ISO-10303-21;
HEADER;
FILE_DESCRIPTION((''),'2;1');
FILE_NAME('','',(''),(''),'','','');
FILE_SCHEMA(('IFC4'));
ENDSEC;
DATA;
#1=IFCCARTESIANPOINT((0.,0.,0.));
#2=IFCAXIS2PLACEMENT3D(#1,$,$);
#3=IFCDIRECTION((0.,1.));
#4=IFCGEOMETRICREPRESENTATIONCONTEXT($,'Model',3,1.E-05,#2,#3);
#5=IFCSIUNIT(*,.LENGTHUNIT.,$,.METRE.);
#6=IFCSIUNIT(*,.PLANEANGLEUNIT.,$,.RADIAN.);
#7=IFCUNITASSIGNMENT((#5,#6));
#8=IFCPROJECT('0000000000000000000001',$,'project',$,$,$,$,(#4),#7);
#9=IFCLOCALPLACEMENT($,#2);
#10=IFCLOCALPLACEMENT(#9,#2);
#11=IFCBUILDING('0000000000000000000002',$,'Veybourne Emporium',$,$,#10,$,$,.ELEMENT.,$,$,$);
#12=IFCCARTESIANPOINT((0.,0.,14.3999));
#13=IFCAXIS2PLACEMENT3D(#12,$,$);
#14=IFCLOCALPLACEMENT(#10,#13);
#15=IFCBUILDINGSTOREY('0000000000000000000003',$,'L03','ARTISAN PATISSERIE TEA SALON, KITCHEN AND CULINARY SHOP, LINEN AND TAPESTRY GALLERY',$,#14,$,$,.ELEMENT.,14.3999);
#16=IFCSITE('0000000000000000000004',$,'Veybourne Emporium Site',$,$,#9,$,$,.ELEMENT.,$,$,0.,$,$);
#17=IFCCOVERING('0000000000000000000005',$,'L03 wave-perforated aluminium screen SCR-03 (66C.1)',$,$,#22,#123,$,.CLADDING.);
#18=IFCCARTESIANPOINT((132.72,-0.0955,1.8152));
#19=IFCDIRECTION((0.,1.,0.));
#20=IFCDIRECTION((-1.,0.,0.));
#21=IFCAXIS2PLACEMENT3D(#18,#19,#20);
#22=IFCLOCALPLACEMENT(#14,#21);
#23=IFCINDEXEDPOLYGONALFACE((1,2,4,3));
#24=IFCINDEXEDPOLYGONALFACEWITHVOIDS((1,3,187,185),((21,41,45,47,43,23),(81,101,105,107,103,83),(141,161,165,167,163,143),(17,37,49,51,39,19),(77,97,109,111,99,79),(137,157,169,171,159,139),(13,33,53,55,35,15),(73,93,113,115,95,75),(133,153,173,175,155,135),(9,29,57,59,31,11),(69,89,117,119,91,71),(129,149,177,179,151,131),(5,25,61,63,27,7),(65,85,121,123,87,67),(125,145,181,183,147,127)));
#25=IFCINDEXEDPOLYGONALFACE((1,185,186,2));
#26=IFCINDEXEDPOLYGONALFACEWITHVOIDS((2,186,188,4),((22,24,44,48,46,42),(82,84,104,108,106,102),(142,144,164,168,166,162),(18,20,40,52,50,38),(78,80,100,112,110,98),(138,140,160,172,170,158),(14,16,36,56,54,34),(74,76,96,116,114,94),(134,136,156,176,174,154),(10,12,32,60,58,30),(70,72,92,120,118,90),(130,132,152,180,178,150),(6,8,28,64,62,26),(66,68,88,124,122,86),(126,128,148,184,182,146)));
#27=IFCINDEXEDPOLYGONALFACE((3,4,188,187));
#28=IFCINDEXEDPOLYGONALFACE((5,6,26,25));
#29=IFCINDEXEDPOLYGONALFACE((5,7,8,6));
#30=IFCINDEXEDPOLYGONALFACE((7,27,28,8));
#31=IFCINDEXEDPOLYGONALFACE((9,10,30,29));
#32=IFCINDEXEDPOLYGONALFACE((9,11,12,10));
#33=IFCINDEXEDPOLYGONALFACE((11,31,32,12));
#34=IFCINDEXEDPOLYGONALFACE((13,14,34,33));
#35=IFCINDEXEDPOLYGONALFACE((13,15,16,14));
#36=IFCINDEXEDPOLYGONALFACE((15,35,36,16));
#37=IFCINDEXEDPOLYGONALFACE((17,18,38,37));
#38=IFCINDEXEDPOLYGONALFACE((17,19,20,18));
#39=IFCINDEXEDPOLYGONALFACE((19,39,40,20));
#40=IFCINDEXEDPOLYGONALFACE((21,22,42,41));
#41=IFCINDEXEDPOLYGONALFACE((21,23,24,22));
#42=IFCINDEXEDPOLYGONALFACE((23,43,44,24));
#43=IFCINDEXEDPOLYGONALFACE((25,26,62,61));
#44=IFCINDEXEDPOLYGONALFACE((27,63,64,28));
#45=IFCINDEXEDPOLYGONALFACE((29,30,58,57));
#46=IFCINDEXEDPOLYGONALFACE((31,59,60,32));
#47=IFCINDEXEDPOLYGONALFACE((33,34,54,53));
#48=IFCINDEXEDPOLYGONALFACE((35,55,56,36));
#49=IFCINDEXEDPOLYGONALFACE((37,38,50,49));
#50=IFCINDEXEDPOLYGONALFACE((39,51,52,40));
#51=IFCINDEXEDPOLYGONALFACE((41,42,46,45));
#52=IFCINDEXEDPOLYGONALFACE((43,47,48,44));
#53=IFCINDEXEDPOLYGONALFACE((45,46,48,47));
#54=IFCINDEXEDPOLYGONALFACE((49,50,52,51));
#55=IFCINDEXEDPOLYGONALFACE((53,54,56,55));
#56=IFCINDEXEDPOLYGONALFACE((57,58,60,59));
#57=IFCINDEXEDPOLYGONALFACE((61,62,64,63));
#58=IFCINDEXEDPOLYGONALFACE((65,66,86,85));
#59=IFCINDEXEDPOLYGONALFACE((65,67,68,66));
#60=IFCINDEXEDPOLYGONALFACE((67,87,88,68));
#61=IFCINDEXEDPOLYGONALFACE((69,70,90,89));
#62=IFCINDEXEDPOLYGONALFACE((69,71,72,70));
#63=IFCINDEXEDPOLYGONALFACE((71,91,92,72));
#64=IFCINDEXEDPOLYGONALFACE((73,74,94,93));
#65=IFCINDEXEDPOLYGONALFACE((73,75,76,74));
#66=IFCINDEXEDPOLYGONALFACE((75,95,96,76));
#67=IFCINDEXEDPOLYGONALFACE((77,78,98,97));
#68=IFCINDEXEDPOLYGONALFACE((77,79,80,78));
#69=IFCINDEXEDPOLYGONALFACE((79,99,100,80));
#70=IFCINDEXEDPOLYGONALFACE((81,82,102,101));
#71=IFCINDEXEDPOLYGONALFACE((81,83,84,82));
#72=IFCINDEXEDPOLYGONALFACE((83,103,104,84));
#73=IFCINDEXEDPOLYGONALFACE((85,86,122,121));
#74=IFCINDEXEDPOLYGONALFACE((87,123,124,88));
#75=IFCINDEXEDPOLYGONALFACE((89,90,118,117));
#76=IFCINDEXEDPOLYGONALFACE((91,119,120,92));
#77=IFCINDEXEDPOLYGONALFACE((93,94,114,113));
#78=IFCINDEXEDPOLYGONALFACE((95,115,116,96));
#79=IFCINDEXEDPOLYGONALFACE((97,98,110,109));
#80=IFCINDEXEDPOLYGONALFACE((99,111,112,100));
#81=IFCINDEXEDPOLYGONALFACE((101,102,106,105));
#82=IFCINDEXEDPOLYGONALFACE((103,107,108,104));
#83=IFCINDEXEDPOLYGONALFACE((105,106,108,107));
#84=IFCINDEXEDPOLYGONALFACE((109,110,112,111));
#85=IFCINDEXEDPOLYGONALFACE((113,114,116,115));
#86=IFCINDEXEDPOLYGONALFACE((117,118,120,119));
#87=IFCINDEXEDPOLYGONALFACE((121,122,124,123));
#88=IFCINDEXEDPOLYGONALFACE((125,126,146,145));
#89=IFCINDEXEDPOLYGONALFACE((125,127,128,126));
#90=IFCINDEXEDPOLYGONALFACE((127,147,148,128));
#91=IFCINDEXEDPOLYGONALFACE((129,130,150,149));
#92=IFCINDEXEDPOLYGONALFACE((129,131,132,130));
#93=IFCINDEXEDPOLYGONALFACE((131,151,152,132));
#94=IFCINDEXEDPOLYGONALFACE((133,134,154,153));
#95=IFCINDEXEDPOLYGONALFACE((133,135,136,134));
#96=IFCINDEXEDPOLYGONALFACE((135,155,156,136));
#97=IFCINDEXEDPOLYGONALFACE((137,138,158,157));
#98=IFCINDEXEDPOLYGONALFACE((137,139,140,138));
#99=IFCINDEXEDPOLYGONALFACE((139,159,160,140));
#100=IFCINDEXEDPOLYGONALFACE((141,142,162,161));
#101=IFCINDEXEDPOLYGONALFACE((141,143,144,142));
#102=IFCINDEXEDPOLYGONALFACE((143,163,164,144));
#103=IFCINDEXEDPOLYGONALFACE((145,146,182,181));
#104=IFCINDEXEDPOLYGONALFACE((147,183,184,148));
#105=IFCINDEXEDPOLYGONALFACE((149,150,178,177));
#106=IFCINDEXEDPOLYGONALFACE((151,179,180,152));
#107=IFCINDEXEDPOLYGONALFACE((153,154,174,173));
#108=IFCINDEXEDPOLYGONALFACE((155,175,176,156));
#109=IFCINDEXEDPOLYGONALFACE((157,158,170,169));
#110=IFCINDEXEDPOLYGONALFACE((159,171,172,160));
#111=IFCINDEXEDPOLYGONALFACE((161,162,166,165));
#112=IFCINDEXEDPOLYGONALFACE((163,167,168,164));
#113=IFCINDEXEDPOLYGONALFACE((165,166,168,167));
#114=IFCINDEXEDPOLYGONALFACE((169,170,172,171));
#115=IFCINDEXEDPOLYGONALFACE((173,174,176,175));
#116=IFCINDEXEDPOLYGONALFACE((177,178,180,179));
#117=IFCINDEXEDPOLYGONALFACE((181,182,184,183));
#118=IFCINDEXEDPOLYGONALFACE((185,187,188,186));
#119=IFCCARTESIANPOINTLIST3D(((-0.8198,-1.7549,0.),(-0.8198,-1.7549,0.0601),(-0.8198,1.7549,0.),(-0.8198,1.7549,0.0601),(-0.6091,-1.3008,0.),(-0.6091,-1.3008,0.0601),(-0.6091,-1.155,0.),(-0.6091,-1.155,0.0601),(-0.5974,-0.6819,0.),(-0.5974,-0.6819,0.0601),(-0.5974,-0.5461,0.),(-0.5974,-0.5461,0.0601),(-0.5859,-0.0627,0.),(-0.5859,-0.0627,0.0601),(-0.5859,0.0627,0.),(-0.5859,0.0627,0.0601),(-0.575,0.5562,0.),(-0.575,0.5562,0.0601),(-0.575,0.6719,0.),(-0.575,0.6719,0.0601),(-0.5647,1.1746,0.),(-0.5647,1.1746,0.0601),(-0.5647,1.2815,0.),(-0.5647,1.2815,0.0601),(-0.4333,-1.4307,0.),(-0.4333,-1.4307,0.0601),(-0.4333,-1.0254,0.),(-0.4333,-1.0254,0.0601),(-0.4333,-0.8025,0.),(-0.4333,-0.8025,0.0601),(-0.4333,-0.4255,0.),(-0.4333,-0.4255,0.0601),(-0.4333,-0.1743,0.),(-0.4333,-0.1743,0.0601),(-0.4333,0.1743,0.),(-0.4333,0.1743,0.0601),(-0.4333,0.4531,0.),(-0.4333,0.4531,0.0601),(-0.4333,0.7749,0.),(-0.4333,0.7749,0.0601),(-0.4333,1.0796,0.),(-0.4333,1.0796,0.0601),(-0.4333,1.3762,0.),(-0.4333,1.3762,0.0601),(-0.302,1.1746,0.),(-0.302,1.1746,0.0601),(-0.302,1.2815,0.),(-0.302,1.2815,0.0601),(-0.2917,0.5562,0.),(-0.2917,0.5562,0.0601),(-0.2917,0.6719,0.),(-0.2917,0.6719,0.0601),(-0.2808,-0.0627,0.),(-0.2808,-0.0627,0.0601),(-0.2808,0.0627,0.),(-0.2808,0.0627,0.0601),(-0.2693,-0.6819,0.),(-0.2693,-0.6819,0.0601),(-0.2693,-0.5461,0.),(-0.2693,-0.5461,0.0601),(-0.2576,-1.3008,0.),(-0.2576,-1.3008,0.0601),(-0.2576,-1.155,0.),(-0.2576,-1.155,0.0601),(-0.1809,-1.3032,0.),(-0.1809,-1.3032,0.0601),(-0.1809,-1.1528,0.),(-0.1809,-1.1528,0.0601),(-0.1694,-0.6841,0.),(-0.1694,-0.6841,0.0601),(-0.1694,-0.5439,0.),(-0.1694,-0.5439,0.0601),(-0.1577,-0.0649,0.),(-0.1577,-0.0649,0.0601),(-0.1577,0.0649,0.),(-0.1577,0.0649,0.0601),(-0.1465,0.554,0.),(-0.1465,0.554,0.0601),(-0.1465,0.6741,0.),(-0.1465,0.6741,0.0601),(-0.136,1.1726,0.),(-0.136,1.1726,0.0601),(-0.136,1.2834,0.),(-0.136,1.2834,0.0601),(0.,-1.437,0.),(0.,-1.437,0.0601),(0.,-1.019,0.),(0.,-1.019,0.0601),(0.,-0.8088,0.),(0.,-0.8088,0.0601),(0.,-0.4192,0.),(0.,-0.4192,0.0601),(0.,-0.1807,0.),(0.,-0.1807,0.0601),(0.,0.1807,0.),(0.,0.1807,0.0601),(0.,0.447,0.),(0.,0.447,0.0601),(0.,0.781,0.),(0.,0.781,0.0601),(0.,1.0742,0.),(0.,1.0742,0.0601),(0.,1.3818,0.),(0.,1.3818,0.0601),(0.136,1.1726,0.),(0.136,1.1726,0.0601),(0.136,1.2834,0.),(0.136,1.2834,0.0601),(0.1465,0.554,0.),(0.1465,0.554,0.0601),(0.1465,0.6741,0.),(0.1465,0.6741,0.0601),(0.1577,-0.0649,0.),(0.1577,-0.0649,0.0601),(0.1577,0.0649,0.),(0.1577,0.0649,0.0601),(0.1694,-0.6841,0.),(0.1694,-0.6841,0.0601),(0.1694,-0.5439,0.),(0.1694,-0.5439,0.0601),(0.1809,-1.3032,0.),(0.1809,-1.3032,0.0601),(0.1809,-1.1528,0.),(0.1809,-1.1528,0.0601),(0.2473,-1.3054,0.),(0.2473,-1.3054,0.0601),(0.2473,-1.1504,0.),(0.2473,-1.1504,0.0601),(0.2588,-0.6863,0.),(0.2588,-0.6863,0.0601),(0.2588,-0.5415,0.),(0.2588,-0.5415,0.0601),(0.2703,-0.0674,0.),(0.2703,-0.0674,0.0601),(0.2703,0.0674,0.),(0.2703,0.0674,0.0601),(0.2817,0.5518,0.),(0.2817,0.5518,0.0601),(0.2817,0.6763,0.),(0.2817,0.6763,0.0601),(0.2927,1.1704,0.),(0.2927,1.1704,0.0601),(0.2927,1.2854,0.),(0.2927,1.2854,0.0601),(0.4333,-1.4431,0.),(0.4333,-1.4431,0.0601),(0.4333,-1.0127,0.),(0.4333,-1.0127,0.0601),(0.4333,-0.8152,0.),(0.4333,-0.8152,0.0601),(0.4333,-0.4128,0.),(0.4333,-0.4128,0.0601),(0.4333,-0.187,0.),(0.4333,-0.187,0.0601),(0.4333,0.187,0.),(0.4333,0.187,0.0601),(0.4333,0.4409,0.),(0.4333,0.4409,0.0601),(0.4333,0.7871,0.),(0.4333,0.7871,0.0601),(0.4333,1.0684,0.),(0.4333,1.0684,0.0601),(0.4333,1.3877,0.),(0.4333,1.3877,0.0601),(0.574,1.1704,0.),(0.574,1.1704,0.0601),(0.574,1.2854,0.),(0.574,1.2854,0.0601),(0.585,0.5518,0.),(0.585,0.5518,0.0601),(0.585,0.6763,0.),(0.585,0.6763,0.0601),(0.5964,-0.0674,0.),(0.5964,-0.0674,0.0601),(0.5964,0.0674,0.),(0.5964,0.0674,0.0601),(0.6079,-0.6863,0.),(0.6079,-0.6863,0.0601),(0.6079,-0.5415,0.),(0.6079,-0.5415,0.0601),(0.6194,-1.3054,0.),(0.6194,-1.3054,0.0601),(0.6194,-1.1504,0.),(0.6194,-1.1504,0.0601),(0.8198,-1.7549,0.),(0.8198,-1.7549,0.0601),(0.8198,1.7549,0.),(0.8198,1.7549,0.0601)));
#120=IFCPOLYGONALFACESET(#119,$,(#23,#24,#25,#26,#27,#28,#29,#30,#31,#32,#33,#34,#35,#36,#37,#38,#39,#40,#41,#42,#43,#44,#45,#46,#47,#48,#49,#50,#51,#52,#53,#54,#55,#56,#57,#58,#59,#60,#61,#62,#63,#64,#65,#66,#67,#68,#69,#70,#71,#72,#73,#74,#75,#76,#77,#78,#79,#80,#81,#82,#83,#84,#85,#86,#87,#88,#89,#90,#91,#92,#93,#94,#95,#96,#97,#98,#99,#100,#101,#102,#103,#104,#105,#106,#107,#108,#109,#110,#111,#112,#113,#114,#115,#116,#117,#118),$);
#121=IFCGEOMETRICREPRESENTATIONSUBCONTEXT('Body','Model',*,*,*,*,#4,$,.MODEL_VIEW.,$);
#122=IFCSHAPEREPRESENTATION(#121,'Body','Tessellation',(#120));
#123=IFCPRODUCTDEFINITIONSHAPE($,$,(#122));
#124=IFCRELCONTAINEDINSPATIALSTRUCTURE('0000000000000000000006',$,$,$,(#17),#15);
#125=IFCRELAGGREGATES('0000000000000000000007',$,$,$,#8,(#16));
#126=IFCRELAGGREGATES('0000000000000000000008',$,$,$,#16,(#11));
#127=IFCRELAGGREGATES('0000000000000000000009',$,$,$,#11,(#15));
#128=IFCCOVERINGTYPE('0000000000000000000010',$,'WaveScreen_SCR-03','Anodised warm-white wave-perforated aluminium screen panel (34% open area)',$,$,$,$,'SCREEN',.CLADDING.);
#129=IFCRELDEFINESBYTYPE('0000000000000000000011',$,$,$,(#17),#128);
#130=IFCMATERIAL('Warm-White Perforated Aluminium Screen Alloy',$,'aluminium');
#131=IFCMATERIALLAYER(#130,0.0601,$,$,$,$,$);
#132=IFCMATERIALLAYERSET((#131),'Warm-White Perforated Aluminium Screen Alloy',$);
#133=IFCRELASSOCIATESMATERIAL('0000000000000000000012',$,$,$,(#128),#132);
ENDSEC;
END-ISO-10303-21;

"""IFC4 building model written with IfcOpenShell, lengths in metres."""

from ifc_helpers import new_model, si_unit, direction, frame, origin, place, context, subcontext, project, spatial, polyline, outline, extrude, material, layer, layer_set, type_object, element, save


model = new_model("IFC4")

# Units and contexts
model_context = context("Model", 3, precision=1e-05, world=origin(), true_north=direction((0.0, 1.0)))
body_context = subcontext(model_context, "Body", "Model", "MODEL_VIEW")
ifc_project = project(units=[si_unit("LENGTHUNIT", "METRE"), si_unit("PLANEANGLEUNIT", "RADIAN")], contexts=[model_context])

# Site, building, storey
site_placement = place(None, origin())
site = spatial("IfcSite", under=ifc_project, at=site_placement, Name="Veybourne Emporium Site", CompositionType="ELEMENT", RefElevation=0.0)
building_placement = place(site_placement, origin())
building = spatial("IfcBuilding", under=site, at=building_placement, Name="Veybourne Emporium", CompositionType="ELEMENT")
storey_placement = place(building_placement, frame((0.0, 0.0, 14.3999)))
storey = spatial("IfcBuildingStorey", under=building, at=storey_placement, Name="L03", Description="ARTISAN PATISSERIE TEA SALON, KITCHEN AND CULINARY SHOP, LINEN AND TAPESTRY GALLERY", CompositionType="ELEMENT", Elevation=14.3999)

# Covering
ifc_material_1 = material(Name="Warm-White Perforated Aluminium Screen Alloy", Category="aluminium")
ifc_layer_1 = layer(ifc_material_1, 0.0601)
ifc_layer_set_1 = layer_set([ifc_layer_1], Name="Warm-White Perforated Aluminium Screen Alloy")
covering_type_1 = type_object("IfcCoveringType", Name="WaveScreen_SCR-03", Description="Anodised warm-white wave-perforated aluminium screen panel (34% open area)", ElementType="SCREEN", PredefinedType="CLADDING", material=ifc_layer_set_1)
covering_1_placement = place(storey_placement, frame((132.72, -0.0955, 1.8152), z_axis=(0.0, 1.0, 0.0), x_axis=(-1.0, 0.0, 0.0)))
element("IfcCovering", 1, at=covering_1_placement, inside=storey, type_object=covering_type_1, Name="L03 wave-perforated aluminium screen SCR-03 (66C.1)", PredefinedType="CLADDING", context=body_context, shape_type="SweptSolid", body=[
    extrude(outline(polyline([(-0.8198, -1.7549), (0.8198, -1.7549), (0.8198, 1.7549), (-0.8198, 1.7549), (-0.8198, -1.7549)]), holes=[polyline([(-0.4333, -1.0254), (-0.2576, -1.155), (-0.2576, -1.3008), (-0.4333, -1.4307), (-0.6091, -1.3008), (-0.6091, -1.155), (-0.4333, -1.0254)]), polyline([(-0.4333, -0.4255), (-0.2693, -0.5461), (-0.2693, -0.6819), (-0.4333, -0.8025), (-0.5974, -0.6819), (-0.5974, -0.5461), (-0.4333, -0.4255)]), polyline([(-0.4333, 0.1743), (-0.2808, 0.0627), (-0.2808, -0.0627), (-0.4333, -0.1743), (-0.5859, -0.0627), (-0.5859, 0.0627), (-0.4333, 0.1743)]), polyline([(-0.4333, 0.7749), (-0.2917, 0.6719), (-0.2917, 0.5562), (-0.4333, 0.4531), (-0.575, 0.5562), (-0.575, 0.6719), (-0.4333, 0.7749)]), polyline([(-0.4333, 1.3762), (-0.302, 1.2815), (-0.302, 1.1746), (-0.4333, 1.0796), (-0.5647, 1.1746), (-0.5647, 1.2815), (-0.4333, 1.3762)]), polyline([(0.0, -1.019), (0.1809, -1.1528), (0.1809, -1.3032), (0.0, -1.437), (-0.1809, -1.3032), (-0.1809, -1.1528), (0.0, -1.019)]), polyline([(0.0, -0.4192), (0.1694, -0.5439), (0.1694, -0.6841), (0.0, -0.8088), (-0.1694, -0.6841), (-0.1694, -0.5439), (0.0, -0.4192)]), polyline([(0.0, 0.1807), (0.1577, 0.0649), (0.1577, -0.0649), (0.0, -0.1807), (-0.1577, -0.0649), (-0.1577, 0.0649), (0.0, 0.1807)]), polyline([(0.0, 0.781), (0.1465, 0.6741), (0.1465, 0.554), (0.0, 0.447), (-0.1465, 0.554), (-0.1465, 0.6741), (0.0, 0.781)]), polyline([(0.0, 1.3818), (0.136, 1.2834), (0.136, 1.1726), (0.0, 1.0742), (-0.136, 1.1726), (-0.136, 1.2834), (0.0, 1.3818)]), polyline([(0.4333, -1.0127), (0.6194, -1.1504), (0.6194, -1.3054), (0.4333, -1.4431), (0.2473, -1.3054), (0.2473, -1.1504), (0.4333, -1.0127)]), polyline([(0.4333, -0.4128), (0.6079, -0.5415), (0.6079, -0.6863), (0.4333, -0.8152), (0.2588, -0.6863), (0.2588, -0.5415), (0.4333, -0.4128)]), polyline([(0.4333, 0.187), (0.5964, 0.0674), (0.5964, -0.0674), (0.4333, -0.187), (0.2703, -0.0674), (0.2703, 0.0674), (0.4333, 0.187)]), polyline([(0.4333, 0.7871), (0.585, 0.6763), (0.585, 0.5518), (0.4333, 0.4409), (0.2817, 0.5518), (0.2817, 0.6763), (0.4333, 0.7871)]), polyline([(0.4333, 1.3877), (0.574, 1.2854), (0.574, 1.1704), (0.4333, 1.0684), (0.2927, 1.1704), (0.2927, 1.2854), (0.4333, 1.3877)])]), origin(), (0.0, 0.0, 1.0), 0.0601),
])

save(model, "model.ifc")
